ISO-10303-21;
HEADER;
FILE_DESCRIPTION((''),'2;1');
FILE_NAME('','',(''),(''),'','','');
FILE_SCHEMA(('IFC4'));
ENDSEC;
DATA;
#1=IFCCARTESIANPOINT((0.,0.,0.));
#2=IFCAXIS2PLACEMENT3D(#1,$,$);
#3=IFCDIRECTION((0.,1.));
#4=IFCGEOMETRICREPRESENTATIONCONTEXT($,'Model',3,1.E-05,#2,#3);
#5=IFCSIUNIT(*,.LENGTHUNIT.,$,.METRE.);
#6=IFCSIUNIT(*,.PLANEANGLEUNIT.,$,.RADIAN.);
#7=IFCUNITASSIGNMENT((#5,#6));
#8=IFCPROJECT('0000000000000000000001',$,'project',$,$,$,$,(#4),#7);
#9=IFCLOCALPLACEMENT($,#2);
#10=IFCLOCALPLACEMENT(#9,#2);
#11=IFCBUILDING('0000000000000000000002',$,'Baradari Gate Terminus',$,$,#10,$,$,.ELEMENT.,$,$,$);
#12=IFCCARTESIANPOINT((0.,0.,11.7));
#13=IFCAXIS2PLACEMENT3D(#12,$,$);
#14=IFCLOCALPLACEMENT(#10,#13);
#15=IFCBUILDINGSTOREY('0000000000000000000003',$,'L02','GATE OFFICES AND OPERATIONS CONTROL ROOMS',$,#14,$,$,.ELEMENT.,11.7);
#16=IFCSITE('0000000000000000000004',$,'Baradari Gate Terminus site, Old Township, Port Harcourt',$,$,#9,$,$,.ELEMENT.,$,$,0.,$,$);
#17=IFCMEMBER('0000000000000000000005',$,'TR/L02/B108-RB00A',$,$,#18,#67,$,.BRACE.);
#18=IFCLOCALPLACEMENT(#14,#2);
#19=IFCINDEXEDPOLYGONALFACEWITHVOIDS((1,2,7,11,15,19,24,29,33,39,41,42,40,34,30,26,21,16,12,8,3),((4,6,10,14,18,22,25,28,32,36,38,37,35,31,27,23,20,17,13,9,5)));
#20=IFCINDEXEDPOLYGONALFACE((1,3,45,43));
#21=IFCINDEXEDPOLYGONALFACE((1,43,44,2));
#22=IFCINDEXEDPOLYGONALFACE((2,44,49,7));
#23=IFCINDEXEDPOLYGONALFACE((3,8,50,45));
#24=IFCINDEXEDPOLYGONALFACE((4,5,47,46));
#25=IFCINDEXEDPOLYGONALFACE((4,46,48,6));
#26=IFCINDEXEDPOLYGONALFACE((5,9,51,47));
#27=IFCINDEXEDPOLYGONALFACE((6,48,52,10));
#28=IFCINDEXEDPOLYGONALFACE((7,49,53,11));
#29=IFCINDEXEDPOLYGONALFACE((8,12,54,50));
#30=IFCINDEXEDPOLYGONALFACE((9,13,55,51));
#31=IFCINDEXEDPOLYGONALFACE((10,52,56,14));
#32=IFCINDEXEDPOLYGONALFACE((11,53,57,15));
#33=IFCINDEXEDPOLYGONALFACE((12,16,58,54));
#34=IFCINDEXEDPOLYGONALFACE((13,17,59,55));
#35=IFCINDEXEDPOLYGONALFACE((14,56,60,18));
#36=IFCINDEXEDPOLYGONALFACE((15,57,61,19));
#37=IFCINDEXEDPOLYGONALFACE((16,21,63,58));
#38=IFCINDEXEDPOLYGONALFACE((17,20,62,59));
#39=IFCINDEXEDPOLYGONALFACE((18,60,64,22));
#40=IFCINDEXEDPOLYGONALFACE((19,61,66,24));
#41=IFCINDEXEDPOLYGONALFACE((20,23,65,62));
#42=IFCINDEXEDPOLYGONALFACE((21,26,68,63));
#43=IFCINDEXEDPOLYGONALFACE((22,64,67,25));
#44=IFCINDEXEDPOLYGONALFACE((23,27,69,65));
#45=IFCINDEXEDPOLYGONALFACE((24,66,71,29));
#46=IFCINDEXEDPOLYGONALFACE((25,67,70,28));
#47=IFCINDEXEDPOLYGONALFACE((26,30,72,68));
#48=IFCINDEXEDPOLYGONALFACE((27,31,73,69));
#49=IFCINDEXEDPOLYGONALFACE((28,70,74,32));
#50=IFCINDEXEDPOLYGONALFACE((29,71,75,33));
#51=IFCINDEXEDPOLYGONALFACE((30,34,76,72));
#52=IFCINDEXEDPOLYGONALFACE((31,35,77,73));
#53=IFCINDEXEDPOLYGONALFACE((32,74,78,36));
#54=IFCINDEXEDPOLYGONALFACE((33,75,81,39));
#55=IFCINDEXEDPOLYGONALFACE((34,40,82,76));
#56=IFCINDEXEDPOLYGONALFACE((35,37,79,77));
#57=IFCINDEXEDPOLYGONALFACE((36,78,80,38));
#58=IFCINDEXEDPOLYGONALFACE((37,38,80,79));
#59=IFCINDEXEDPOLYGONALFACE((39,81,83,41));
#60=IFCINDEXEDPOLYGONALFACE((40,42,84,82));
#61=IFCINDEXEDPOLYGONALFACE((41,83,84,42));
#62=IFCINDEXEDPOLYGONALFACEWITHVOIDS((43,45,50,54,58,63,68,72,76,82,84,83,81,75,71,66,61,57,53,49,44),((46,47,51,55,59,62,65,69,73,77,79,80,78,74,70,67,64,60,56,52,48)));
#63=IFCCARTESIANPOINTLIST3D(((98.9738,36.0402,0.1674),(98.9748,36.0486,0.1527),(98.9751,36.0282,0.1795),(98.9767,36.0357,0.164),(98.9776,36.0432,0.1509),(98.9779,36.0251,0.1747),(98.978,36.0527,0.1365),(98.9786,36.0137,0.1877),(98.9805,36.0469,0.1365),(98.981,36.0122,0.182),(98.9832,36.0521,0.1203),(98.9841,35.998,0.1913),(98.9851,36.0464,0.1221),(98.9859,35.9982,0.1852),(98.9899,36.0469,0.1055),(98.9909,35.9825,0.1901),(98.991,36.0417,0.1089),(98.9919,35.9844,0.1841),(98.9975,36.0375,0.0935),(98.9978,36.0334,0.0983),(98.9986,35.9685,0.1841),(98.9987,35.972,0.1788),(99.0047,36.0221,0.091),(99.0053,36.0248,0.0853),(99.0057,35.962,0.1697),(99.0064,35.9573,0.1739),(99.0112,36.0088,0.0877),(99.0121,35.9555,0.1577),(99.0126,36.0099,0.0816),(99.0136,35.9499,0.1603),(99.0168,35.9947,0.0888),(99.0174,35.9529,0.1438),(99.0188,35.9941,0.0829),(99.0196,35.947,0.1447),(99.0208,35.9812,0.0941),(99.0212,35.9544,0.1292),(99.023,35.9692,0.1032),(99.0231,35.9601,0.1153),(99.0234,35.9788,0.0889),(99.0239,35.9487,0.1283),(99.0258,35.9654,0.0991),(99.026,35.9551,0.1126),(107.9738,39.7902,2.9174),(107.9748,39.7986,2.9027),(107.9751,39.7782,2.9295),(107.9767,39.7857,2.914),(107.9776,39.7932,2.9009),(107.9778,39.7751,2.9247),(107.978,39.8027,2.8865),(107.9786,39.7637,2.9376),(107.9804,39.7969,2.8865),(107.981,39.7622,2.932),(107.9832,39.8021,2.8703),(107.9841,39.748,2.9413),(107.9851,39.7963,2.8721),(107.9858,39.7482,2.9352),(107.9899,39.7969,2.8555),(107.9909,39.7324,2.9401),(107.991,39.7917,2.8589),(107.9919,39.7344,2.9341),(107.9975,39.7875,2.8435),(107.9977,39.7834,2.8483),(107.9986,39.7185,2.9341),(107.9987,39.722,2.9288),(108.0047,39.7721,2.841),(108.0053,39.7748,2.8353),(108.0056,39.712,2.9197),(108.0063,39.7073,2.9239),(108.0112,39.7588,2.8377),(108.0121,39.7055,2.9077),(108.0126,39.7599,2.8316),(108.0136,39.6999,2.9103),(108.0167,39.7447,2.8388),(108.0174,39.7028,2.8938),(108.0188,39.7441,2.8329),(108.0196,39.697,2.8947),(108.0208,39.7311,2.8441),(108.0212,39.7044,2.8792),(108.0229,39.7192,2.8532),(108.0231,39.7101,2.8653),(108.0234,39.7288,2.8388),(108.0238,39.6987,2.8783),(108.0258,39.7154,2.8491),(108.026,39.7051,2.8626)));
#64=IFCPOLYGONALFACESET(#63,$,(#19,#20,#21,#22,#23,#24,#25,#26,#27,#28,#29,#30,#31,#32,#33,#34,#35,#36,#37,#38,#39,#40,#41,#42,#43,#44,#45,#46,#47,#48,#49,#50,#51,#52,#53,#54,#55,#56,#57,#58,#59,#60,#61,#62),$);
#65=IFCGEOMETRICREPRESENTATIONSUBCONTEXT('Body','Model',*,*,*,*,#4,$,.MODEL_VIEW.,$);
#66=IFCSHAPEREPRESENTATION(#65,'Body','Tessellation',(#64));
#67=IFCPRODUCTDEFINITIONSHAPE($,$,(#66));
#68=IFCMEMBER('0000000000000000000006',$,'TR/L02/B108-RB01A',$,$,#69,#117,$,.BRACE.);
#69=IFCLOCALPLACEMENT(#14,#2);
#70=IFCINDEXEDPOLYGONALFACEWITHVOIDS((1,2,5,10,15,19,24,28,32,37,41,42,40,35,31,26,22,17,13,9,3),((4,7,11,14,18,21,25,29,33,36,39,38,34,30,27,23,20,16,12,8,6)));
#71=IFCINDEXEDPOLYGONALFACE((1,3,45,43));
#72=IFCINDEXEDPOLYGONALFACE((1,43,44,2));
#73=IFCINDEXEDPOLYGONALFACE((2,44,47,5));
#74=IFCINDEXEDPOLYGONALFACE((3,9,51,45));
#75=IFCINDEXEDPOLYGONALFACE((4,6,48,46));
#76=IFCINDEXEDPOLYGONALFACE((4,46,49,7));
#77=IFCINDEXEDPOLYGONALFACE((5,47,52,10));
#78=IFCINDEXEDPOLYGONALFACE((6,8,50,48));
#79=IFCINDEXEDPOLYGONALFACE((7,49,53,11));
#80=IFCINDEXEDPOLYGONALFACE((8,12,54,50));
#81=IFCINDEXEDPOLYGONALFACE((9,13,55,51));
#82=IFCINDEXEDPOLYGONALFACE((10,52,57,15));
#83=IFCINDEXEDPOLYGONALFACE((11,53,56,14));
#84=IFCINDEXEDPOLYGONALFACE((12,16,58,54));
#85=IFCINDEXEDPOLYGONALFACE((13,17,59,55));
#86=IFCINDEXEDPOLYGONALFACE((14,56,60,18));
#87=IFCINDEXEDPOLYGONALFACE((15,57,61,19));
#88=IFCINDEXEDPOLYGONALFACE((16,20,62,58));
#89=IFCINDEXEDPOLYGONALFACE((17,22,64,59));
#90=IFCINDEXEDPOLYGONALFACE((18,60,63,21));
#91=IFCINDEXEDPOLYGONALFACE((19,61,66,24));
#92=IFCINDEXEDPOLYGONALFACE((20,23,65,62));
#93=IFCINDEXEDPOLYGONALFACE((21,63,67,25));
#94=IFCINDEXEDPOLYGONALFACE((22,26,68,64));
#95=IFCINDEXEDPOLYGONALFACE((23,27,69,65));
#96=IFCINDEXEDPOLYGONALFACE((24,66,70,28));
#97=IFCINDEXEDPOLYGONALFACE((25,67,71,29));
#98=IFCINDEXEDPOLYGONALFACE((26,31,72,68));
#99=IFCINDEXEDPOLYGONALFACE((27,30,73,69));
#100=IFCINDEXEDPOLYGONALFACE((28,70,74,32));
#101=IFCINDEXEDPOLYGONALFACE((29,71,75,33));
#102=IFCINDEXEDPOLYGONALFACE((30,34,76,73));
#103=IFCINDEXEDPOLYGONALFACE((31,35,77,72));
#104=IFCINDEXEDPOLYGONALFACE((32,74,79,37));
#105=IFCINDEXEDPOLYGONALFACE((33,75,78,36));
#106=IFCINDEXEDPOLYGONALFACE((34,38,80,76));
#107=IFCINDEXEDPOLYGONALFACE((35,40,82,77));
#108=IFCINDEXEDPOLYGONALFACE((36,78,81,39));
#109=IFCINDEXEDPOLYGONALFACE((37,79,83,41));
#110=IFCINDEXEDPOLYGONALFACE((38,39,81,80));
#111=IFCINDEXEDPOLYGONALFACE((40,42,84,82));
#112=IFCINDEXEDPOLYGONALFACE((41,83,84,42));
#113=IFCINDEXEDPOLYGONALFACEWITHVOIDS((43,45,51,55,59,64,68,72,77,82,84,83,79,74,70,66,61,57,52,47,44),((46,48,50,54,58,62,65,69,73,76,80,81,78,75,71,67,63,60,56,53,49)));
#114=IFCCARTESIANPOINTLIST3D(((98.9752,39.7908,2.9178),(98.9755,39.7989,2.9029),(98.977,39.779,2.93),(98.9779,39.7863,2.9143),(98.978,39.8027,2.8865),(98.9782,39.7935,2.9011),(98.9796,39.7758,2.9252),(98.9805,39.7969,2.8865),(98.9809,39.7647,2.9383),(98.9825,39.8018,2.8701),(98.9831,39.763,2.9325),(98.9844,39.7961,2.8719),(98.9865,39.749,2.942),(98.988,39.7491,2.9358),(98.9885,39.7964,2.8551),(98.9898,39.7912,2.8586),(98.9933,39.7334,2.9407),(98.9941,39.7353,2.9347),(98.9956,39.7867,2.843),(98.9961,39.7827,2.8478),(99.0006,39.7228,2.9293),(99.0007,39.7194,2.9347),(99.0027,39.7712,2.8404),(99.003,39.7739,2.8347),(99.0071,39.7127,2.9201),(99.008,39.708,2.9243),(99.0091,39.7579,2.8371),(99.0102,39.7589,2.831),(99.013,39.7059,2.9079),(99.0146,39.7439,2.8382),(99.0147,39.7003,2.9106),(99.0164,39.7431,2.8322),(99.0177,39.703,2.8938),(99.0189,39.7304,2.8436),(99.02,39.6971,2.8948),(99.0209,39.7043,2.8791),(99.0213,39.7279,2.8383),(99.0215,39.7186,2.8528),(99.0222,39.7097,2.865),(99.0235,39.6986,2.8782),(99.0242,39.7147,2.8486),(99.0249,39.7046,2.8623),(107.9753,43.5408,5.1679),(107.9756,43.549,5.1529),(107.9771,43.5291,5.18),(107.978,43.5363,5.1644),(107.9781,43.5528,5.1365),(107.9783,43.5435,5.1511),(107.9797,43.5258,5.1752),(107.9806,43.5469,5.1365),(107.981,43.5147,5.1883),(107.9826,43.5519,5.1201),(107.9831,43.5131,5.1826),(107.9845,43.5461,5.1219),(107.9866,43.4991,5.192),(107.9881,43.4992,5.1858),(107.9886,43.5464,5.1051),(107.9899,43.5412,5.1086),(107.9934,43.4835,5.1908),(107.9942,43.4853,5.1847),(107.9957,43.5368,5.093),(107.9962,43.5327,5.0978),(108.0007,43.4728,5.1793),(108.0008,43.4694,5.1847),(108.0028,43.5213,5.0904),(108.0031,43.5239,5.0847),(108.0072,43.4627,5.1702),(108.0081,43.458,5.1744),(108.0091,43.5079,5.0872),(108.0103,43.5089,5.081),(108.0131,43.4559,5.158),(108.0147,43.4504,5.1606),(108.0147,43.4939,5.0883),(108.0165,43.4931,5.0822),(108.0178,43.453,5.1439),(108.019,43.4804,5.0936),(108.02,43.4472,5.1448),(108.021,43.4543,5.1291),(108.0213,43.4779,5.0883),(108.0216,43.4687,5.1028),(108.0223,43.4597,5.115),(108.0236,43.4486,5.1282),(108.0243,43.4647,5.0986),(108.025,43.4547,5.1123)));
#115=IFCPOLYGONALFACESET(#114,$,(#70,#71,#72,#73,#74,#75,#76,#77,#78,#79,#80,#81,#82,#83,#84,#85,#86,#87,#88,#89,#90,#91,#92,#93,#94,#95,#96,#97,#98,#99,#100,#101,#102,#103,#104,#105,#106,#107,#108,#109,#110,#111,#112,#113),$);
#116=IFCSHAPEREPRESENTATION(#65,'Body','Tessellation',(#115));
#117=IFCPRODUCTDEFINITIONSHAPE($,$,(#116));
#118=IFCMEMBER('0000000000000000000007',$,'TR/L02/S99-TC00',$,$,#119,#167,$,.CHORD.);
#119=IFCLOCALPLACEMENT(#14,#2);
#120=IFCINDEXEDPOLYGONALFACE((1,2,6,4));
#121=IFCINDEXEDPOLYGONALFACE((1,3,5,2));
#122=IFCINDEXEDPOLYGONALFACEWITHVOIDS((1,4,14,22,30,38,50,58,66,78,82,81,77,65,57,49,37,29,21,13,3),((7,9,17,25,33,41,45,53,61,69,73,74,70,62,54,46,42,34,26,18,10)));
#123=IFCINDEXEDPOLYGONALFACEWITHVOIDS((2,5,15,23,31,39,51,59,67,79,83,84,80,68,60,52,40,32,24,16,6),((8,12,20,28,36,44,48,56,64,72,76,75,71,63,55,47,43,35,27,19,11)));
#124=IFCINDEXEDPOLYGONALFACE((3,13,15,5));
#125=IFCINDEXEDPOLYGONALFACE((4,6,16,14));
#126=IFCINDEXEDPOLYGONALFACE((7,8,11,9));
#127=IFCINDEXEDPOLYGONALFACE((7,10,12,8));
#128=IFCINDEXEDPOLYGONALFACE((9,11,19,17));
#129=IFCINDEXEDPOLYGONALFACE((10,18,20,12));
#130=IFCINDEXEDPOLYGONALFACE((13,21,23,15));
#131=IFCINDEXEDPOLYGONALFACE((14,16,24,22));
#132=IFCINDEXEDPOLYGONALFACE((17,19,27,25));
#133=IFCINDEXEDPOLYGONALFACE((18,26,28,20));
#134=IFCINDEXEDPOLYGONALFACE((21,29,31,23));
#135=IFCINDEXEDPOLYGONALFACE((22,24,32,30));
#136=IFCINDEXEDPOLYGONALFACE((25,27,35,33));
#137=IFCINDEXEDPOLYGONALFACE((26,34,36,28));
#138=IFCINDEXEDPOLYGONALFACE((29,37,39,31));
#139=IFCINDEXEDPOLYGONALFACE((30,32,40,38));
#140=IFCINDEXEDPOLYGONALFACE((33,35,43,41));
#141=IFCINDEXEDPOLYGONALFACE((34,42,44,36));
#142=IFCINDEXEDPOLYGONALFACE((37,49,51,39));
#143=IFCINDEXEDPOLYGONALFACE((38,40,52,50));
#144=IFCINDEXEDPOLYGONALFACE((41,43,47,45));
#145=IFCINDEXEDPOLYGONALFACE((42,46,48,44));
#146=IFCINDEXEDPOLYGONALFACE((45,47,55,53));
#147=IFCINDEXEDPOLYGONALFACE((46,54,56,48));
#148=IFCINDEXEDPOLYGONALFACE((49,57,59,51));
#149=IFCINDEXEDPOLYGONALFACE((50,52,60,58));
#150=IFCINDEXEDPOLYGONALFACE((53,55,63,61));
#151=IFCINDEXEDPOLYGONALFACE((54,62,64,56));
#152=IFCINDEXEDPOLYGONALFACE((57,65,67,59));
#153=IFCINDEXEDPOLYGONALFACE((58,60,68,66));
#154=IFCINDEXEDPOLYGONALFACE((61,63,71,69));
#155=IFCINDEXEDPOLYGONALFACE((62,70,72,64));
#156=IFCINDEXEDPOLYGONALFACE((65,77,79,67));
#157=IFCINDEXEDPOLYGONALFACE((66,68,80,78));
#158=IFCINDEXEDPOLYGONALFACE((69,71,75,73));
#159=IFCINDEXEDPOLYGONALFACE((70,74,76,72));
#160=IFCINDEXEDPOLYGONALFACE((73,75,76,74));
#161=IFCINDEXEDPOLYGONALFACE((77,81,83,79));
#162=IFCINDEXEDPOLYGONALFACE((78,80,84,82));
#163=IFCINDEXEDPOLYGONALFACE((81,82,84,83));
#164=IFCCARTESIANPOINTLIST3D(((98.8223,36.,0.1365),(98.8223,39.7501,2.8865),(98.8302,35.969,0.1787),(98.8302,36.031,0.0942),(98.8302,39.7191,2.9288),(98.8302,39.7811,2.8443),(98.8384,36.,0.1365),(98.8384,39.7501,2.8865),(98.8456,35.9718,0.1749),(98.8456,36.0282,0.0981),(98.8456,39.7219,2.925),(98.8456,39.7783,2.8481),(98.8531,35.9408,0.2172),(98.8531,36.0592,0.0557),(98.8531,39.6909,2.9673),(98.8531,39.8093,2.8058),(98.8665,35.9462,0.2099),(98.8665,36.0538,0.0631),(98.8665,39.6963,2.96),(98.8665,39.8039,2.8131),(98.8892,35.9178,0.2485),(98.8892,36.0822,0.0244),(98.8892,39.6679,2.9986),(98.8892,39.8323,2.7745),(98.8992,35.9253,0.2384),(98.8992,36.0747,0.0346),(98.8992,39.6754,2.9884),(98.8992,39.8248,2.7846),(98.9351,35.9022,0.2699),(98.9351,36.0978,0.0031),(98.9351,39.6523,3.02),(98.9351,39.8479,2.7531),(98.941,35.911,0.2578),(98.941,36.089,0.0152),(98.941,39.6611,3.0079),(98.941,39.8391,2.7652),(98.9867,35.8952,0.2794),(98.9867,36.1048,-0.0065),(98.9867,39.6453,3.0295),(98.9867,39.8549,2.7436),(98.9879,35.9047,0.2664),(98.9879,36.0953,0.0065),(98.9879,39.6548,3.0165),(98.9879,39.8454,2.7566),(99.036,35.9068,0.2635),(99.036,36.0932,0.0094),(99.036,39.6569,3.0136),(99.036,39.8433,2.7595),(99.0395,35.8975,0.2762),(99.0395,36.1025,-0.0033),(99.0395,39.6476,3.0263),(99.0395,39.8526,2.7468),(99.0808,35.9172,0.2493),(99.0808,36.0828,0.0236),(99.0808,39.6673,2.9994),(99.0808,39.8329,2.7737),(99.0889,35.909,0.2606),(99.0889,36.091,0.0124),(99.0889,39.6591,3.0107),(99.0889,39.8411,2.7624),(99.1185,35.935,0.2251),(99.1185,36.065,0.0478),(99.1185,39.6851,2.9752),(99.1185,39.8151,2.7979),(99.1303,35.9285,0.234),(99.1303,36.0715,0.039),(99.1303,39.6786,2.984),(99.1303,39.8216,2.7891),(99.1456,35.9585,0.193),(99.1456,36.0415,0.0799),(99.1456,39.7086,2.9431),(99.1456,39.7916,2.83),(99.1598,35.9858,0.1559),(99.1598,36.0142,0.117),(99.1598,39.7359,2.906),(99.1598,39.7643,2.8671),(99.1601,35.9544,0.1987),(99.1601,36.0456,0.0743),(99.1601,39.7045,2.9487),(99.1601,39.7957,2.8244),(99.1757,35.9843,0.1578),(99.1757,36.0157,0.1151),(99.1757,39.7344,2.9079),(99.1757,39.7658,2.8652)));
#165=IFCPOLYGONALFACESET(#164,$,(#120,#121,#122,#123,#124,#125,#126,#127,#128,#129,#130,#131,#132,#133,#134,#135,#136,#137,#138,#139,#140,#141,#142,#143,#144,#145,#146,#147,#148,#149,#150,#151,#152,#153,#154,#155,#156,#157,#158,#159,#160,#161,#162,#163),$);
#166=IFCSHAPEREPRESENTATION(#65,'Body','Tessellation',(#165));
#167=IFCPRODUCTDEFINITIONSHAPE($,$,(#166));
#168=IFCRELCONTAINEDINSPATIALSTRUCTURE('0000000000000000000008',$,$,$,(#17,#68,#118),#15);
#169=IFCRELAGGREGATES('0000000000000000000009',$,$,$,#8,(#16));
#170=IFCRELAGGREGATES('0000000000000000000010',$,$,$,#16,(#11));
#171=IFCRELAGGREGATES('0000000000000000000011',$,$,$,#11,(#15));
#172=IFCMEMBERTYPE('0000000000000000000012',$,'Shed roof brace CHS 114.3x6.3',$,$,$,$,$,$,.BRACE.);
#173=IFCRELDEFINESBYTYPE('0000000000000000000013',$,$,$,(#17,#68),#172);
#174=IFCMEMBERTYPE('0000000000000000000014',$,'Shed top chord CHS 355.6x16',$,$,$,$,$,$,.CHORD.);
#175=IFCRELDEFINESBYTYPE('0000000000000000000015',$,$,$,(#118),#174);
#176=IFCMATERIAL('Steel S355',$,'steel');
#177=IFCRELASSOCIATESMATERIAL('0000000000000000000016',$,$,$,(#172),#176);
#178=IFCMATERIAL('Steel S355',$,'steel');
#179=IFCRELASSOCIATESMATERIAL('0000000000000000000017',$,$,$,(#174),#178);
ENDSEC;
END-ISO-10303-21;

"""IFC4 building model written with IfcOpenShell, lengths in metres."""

from ifc_helpers import new_model, si_unit, direction, frame, origin, origin_2d, place, context, subcontext, project, spatial, hollow_circle, extrude, material, material_profile, profile_set, type_object, element, save


model = new_model("IFC4")

# Units and contexts
model_context = context("Model", 3, precision=1e-05, world=origin(), true_north=direction((0.0, 1.0)))
body_context = subcontext(model_context, "Body", "Model", "MODEL_VIEW")
ifc_project = project(units=[si_unit("LENGTHUNIT", "METRE"), si_unit("PLANEANGLEUNIT", "RADIAN")], contexts=[model_context])

# Site, building, storey
site_placement = place(None, origin())
site = spatial("IfcSite", under=ifc_project, at=site_placement, Name="Baradari Gate Terminus site, Old Township, Port Harcourt", CompositionType="ELEMENT", RefElevation=0.0)
building_placement = place(site_placement, origin())
building = spatial("IfcBuilding", under=site, at=building_placement, Name="Baradari Gate Terminus", CompositionType="ELEMENT")
storey_placement = place(building_placement, frame((0.0, 0.0, 11.7)))
storey = spatial("IfcBuildingStorey", under=building, at=storey_placement, Name="L02", Description="GATE OFFICES AND OPERATIONS CONTROL ROOMS", CompositionType="ELEMENT", Elevation=11.7)

# Members
ifc_material_1 = material(Name="Steel S355", Category="steel")
ifc_material_profile_1 = material_profile(ifc_material_1, hollow_circle(Radius=0.0571, WallThickness=0.0063, at=origin_2d()), Name="CHS 114.3x6.3")
ifc_profile_set_1 = profile_set([ifc_material_profile_1], Name="Steel S355")
member_type_1 = type_object("IfcMemberType", Name="Shed roof brace CHS 114.3x6.3", PredefinedType="BRACE", material=ifc_profile_set_1)
member_1_placement = place(storey_placement, frame((99.0, 36.0, 0.1365), z_axis=(0.888415, 0.370173, 0.27146), x_axis=(-0.384615, 0.923077, 0.0)))
element("IfcMember", 1, at=member_1_placement, inside=storey, type_object=member_type_1, Name="TR/L02/B108-RB00A", PredefinedType="BRACE", context=body_context, shape_type="SweptSolid", body=[
    extrude(hollow_circle(Radius=0.0571, WallThickness=0.0063, at=origin_2d()), origin(), (0.0, 0.0, 1.0), 10.1304),
])
member_2_placement = place(storey_placement, frame((99.0, 39.75, 2.8865), z_axis=(0.899438, 0.374766, 0.22486), x_axis=(-0.384615, 0.923077, 0.0)))
element("IfcMember", 2, at=member_2_placement, inside=storey, type_object=member_type_1, Name="TR/L02/B108-RB01A", PredefinedType="BRACE", context=body_context, shape_type="SweptSolid", body=[
    extrude(hollow_circle(Radius=0.0571, WallThickness=0.0063, at=origin_2d()), origin(), (0.0, 0.0, 1.0), 10.0063),
])
ifc_material_2 = material(Name="Steel S355", Category="steel")
ifc_material_profile_2 = material_profile(ifc_material_2, hollow_circle(Radius=0.1777, WallThickness=0.0161, at=origin_2d()), Name="CHS 355.6x16")
ifc_profile_set_2 = profile_set([ifc_material_profile_2], Name="Steel S355")
member_type_2 = type_object("IfcMemberType", Name="Shed top chord CHS 355.6x16", PredefinedType="CHORD", material=ifc_profile_set_2)
member_3_placement = place(storey_placement, frame((99.0, 36.0, 0.1365), z_axis=(0.0, 0.806405, 0.591364), x_axis=(-1.0, 0.0, 0.0)))
element("IfcMember", 3, at=member_3_placement, inside=storey, type_object=member_type_2, Name="TR/L02/S99-TC00", PredefinedType="CHORD", context=body_context, shape_type="SweptSolid", body=[
    extrude(hollow_circle(Radius=0.1777, WallThickness=0.0161, at=origin_2d()), origin(), (0.0, 0.0, 1.0), 4.6504),
])

save(model, "model.ifc")
